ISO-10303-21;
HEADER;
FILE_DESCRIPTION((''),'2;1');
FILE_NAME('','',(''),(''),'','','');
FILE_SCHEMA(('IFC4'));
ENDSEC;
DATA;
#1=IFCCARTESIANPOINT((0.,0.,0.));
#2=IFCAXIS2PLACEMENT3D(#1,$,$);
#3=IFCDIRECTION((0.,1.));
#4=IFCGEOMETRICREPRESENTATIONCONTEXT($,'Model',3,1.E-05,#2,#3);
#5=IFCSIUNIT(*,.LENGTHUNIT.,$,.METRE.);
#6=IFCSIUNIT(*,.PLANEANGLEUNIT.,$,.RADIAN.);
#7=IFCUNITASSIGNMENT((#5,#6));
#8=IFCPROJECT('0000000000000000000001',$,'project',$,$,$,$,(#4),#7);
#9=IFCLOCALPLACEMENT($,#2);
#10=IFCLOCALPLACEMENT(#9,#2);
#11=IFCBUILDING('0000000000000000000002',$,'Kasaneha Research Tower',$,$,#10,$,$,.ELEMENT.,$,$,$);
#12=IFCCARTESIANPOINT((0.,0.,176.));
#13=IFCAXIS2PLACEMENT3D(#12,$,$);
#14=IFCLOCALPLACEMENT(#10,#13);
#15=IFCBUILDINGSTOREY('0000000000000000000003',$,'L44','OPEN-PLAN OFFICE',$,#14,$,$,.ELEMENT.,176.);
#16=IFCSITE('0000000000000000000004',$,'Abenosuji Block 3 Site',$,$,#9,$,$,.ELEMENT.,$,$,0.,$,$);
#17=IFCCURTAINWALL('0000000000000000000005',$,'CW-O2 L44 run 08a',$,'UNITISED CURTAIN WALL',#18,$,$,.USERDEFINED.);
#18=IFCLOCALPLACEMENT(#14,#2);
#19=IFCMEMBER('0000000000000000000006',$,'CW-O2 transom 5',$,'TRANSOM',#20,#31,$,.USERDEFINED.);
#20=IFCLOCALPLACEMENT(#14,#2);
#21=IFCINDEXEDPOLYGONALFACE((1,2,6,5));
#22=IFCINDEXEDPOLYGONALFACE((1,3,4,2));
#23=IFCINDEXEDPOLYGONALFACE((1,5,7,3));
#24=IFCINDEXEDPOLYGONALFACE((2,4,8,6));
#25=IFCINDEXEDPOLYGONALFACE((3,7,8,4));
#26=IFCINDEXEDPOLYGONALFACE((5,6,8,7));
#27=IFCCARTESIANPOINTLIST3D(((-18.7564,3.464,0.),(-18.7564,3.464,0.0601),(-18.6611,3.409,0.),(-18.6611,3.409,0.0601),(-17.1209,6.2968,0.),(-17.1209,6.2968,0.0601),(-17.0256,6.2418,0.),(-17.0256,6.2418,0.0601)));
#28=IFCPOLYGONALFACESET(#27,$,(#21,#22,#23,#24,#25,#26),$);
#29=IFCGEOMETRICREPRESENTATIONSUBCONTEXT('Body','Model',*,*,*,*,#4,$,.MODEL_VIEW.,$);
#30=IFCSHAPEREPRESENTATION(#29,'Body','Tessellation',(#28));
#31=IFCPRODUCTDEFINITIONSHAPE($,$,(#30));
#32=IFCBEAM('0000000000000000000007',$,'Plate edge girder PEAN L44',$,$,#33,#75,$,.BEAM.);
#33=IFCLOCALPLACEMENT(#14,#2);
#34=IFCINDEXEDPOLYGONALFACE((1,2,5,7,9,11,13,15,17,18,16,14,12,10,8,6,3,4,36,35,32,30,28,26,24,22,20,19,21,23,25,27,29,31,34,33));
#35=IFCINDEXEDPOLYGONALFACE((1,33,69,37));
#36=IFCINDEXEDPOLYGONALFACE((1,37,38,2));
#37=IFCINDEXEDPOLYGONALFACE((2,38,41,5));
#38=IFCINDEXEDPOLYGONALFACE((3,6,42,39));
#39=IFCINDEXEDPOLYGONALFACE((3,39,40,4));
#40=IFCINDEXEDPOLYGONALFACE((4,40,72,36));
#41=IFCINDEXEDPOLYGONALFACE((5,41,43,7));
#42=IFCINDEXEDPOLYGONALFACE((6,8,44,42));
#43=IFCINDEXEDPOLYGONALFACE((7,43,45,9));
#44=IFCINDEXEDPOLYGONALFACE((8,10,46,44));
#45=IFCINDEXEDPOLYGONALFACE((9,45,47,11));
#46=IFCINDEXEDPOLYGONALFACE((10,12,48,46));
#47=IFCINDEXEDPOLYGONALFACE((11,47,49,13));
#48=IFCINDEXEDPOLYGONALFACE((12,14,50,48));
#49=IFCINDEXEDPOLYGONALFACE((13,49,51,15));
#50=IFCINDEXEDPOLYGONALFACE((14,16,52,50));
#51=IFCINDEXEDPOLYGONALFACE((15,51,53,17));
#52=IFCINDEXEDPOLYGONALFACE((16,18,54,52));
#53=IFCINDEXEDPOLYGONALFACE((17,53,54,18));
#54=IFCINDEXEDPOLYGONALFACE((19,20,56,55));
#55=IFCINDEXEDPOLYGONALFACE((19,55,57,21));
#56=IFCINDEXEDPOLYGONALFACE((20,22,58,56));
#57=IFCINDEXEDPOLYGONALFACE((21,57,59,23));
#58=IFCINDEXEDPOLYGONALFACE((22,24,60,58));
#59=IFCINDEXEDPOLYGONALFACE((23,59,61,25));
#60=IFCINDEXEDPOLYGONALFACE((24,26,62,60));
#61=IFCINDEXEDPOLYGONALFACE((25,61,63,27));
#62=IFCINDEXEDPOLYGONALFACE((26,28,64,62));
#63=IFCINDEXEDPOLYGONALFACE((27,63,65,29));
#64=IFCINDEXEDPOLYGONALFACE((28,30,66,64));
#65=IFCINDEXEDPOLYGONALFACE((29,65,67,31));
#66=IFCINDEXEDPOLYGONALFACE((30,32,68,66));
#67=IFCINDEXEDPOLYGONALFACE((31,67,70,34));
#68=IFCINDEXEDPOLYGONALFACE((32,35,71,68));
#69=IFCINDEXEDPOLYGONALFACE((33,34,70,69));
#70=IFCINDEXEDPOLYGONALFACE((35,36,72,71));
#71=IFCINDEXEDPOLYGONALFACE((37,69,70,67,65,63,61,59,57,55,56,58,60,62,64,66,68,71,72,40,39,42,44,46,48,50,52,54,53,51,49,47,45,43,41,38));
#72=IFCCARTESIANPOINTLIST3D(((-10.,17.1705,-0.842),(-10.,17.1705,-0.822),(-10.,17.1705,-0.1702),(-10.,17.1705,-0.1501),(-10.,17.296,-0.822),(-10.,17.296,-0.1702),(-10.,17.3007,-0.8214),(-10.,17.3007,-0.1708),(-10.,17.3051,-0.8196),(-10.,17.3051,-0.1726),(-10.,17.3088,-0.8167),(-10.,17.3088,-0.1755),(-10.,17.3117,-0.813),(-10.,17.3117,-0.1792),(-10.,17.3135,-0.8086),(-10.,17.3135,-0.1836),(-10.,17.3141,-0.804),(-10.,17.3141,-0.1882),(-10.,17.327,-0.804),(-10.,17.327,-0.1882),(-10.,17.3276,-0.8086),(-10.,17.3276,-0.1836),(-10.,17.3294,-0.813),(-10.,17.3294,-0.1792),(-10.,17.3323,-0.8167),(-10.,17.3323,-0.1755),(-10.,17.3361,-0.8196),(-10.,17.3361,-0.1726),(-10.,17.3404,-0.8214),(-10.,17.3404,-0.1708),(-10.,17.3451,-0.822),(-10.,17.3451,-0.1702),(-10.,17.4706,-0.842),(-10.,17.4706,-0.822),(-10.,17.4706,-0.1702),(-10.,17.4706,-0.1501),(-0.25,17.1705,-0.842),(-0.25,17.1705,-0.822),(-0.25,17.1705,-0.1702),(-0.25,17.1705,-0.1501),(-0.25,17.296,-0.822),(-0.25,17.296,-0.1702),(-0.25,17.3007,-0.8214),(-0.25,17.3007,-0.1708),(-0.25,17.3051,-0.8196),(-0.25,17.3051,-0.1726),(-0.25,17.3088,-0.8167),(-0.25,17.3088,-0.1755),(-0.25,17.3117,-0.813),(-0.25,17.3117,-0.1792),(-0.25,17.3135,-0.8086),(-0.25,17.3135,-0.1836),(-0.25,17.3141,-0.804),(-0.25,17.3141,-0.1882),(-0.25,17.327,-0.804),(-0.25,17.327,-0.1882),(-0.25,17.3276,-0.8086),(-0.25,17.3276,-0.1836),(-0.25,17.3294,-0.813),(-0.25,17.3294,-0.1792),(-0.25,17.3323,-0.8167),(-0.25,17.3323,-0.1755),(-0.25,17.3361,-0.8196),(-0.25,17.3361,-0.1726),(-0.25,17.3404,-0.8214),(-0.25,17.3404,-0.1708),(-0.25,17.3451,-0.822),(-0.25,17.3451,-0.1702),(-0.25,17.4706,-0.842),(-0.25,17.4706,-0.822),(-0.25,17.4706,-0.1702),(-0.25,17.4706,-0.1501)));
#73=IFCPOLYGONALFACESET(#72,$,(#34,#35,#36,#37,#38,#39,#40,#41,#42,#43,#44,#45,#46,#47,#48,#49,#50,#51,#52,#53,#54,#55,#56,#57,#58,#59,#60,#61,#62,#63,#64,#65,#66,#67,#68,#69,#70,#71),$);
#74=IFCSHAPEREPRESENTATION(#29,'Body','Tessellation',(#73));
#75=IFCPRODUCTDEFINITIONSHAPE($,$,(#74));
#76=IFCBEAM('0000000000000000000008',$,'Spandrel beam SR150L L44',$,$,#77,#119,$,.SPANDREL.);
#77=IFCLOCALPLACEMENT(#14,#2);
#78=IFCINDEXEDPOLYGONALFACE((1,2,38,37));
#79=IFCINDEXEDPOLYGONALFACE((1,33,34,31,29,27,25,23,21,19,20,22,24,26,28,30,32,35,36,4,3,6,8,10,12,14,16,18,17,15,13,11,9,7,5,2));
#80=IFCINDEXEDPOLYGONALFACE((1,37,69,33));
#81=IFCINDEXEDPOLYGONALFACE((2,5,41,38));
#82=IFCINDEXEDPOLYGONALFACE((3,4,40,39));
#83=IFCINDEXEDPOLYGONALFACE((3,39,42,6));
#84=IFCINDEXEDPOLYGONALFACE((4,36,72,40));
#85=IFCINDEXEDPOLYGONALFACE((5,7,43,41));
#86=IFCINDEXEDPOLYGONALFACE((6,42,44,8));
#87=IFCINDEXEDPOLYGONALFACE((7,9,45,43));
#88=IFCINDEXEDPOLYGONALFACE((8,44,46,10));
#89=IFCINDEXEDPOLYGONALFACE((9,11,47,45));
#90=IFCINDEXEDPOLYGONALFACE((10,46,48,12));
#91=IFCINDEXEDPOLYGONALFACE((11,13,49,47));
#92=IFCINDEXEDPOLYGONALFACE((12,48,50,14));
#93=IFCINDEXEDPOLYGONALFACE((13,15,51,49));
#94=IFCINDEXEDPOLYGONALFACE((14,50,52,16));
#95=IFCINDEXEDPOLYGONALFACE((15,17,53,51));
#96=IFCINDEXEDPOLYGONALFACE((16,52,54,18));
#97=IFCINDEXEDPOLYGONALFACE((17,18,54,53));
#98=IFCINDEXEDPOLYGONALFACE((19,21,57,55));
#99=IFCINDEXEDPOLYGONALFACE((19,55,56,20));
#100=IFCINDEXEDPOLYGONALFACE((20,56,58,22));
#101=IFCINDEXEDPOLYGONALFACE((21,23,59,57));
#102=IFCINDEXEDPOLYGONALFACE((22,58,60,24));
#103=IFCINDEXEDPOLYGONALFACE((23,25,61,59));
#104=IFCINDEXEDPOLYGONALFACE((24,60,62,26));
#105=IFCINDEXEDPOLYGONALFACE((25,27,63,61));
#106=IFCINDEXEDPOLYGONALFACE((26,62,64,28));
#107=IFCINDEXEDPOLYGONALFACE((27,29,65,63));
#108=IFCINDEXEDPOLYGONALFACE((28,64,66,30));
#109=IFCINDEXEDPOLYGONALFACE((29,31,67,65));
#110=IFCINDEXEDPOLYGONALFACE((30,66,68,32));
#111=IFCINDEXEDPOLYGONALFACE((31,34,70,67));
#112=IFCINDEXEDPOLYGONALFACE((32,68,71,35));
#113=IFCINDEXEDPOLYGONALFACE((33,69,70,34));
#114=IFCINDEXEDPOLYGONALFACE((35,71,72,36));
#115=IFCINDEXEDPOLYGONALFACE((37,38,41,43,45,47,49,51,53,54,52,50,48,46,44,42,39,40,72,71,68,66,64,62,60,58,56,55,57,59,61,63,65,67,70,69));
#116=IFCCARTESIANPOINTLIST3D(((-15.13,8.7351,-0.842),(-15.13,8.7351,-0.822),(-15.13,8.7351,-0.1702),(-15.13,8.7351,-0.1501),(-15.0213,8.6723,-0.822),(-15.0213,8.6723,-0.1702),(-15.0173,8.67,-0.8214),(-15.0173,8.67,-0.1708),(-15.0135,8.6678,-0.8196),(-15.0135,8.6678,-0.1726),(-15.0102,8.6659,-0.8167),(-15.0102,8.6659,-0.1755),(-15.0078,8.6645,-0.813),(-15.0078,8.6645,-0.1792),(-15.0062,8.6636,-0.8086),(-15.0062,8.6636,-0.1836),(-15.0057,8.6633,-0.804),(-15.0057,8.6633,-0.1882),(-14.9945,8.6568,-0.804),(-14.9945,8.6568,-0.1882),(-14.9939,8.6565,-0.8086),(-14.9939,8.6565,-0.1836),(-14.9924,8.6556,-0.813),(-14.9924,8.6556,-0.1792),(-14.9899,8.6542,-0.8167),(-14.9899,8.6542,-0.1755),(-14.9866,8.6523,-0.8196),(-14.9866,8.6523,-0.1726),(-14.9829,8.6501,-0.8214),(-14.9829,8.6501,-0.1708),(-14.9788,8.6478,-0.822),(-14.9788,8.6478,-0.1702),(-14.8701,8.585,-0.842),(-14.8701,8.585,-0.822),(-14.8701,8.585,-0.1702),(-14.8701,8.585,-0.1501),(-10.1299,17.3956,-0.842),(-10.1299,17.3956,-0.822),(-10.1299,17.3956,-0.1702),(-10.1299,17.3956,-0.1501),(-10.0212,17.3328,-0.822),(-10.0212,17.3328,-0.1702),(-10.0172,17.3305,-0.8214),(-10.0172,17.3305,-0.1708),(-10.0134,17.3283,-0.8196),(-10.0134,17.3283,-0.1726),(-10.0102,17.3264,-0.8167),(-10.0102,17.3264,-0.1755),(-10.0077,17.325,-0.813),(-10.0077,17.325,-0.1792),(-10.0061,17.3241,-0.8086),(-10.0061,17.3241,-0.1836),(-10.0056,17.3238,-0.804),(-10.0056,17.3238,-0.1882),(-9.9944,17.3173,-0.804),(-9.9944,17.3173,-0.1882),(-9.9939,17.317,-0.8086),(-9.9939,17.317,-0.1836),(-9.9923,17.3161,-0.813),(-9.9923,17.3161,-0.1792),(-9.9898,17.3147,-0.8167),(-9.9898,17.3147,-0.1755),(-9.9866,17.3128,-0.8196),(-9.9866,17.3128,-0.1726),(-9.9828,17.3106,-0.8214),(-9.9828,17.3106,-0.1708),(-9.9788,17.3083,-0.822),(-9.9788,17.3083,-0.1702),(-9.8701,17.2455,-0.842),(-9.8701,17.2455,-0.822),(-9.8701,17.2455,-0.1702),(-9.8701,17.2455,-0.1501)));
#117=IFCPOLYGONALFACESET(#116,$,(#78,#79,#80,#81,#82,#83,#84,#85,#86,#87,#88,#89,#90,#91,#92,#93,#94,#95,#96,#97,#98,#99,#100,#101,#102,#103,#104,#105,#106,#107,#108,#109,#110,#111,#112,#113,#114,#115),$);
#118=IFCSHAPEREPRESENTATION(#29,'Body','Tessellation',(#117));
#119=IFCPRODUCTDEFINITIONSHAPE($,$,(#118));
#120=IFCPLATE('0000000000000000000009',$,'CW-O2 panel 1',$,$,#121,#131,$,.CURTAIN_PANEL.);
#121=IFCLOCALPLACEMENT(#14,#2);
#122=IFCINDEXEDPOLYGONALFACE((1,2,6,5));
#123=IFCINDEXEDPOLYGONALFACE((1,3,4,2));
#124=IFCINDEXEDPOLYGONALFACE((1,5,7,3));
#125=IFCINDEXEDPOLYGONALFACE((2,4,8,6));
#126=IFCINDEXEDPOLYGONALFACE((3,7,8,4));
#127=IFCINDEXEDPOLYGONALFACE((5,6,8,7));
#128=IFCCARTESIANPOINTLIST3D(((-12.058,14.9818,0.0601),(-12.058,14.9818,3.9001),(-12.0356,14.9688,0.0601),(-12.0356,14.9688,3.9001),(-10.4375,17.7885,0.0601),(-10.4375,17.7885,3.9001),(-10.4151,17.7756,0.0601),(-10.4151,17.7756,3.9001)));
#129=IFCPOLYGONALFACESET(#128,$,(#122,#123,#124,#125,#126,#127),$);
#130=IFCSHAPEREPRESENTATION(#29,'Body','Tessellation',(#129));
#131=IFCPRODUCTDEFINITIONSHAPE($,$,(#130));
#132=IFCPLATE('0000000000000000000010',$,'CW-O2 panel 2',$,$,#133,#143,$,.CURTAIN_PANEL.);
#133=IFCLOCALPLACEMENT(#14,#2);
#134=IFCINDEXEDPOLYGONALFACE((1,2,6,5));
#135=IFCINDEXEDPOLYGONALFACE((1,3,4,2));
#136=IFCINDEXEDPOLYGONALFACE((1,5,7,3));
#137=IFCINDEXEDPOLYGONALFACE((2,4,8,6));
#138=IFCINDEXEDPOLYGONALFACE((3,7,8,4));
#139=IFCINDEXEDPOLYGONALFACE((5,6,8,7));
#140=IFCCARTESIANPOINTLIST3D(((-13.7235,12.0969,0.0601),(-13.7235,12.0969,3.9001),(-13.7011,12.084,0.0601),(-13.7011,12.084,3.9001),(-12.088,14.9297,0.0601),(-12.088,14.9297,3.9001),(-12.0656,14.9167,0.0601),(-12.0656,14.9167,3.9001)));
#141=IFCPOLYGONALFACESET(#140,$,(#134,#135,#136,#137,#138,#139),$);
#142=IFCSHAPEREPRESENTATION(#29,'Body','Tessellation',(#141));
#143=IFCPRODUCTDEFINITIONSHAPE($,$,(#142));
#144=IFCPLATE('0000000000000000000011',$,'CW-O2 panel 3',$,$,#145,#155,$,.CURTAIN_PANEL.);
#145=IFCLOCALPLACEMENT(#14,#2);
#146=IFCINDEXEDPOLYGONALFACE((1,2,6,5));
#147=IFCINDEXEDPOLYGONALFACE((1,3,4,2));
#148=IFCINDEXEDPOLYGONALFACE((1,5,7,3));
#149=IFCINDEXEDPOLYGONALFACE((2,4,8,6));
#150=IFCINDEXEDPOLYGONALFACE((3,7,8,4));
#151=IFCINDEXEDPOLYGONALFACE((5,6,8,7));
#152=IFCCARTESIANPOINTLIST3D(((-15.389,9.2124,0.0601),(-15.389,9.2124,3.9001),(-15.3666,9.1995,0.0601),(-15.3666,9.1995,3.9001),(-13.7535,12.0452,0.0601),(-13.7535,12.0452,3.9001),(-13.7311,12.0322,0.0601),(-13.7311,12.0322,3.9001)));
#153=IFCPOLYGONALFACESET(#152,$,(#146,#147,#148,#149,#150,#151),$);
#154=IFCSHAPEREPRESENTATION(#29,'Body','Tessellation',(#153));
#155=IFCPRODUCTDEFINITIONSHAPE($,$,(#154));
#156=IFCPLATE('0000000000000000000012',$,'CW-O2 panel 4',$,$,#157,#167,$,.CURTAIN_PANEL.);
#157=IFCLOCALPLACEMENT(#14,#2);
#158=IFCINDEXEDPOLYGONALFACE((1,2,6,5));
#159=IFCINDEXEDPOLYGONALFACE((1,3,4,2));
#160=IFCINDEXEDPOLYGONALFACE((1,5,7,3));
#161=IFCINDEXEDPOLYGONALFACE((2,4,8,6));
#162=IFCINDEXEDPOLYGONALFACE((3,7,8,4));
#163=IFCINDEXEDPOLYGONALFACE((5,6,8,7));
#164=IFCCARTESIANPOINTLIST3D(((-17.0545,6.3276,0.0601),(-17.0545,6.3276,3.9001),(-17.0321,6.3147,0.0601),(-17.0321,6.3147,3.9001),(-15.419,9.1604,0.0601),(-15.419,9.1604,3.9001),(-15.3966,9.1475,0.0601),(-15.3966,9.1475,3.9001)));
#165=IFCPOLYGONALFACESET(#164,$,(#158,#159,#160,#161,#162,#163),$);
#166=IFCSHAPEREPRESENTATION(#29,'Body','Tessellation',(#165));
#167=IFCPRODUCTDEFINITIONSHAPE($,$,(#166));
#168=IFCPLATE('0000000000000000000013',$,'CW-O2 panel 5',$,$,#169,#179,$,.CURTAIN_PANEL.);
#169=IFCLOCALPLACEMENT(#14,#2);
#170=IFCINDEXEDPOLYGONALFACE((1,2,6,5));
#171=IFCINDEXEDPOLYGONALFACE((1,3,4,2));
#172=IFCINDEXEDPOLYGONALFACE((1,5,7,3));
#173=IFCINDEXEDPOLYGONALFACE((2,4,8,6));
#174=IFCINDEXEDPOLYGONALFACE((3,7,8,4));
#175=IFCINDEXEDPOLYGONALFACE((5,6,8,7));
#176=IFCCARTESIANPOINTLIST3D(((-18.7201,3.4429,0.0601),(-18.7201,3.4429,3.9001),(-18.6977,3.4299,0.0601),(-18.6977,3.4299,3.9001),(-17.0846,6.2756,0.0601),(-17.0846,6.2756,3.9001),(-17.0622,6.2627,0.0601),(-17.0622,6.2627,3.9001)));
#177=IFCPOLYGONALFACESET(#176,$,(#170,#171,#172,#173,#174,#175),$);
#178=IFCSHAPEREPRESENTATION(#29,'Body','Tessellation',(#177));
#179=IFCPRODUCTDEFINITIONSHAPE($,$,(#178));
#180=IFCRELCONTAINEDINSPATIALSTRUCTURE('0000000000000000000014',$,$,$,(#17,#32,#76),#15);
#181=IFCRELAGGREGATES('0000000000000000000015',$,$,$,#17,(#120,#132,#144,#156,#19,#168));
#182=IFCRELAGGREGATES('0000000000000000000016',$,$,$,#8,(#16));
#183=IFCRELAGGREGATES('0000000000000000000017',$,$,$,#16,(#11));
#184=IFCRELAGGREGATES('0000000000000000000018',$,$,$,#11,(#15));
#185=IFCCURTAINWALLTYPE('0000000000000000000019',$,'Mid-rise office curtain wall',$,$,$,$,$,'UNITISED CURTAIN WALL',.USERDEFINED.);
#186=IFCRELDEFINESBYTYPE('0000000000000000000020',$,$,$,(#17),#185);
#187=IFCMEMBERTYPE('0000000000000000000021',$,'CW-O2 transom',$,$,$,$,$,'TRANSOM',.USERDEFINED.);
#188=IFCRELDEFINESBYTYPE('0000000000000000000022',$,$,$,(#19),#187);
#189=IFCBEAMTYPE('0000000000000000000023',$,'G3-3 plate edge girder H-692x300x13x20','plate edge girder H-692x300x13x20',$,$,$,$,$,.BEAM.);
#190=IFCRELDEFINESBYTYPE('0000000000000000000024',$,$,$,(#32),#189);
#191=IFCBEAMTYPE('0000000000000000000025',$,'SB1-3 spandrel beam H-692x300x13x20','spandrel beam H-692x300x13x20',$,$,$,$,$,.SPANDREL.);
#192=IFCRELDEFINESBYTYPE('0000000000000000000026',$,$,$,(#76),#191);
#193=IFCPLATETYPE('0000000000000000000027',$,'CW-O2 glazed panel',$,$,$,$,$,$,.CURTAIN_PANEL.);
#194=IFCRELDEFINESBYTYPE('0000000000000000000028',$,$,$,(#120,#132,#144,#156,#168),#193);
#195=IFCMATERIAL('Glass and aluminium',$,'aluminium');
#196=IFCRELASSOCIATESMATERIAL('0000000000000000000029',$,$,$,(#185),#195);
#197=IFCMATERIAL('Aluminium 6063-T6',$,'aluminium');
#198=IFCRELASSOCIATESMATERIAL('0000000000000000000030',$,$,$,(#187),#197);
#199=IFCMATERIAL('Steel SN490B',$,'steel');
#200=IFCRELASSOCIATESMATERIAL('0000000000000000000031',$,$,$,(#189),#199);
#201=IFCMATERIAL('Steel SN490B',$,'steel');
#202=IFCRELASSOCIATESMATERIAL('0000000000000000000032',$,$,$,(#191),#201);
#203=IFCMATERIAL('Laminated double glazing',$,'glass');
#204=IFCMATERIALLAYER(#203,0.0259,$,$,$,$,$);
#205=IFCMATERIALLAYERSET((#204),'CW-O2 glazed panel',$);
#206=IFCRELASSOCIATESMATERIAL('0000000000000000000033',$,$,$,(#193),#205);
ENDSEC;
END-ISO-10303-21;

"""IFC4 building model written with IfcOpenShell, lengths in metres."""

from ifc_helpers import new_model, si_unit, direction, frame, origin, origin_2d, place, context, subcontext, project, spatial, rectangle, i_section, extrude, material, layer, layer_set, material_profile, profile_set, type_object, element, aggregate, save


model = new_model("IFC4")

# Units and contexts
model_context = context("Model", 3, precision=1e-05, world=origin(), true_north=direction((0.0, 1.0)))
body_context = subcontext(model_context, "Body", "Model", "MODEL_VIEW")
ifc_project = project(units=[si_unit("LENGTHUNIT", "METRE"), si_unit("PLANEANGLEUNIT", "RADIAN")], contexts=[model_context])

# Site, building, storey
site_placement = place(None, origin())
site = spatial("IfcSite", under=ifc_project, at=site_placement, Name="Abenosuji Block 3 Site", CompositionType="ELEMENT", RefElevation=0.0)
building_placement = place(site_placement, origin())
building = spatial("IfcBuilding", under=site, at=building_placement, Name="Kasaneha Research Tower", CompositionType="ELEMENT")
storey_placement = place(building_placement, frame((0.0, 0.0, 176.0)))
storey = spatial("IfcBuildingStorey", under=building, at=storey_placement, Name="L44", Description="OPEN-PLAN OFFICE", CompositionType="ELEMENT", Elevation=176.0)

# Shared definitions
ifc_material_1 = material(Name="Glass and aluminium", Category="aluminium")
curtain_wall_type = type_object("IfcCurtainWallType", Name="Mid-rise office curtain wall", ElementType="UNITISED CURTAIN WALL", PredefinedType="USERDEFINED", material=ifc_material_1)

# Curtain wall, member
curtain_wall_1_placement = place(storey_placement, origin())
curtain_wall_1 = element("IfcCurtainWall", 1, at=curtain_wall_1_placement, inside=storey, type_object=curtain_wall_type, Name="CW-O2 L44 run 08a", ObjectType="UNITISED CURTAIN WALL", PredefinedType="USERDEFINED")
ifc_material_2 = material(Name="Aluminium 6063-T6", Category="aluminium")
ifc_material_profile_1 = material_profile(ifc_material_2, rectangle(XDim=0.1101, YDim=0.0601, at=origin_2d()), Name="CW-O2 transom 110x60")
ifc_profile_set_1 = profile_set([ifc_material_profile_1], Name="Aluminium 6063-T6")
member_type_1 = type_object("IfcMemberType", Name="CW-O2 transom", ElementType="TRANSOM", PredefinedType="USERDEFINED", material=ifc_profile_set_1)
member_1_placement = place(storey_placement, frame((-17.0732, 6.2693, 0.03), z_axis=(-0.5, -0.866025, 0.0), x_axis=(0.866025, -0.5, 0.0)))
member_1 = element("IfcMember", 2, at=member_1_placement, type_object=member_type_1, Name="CW-O2 transom 5", ObjectType="TRANSOM", PredefinedType="USERDEFINED", context=body_context, shape_type="SweptSolid", body=[
    extrude(rectangle(XDim=0.1101, YDim=0.0601, at=origin_2d()), origin(), (0.0, 0.0, 1.0), 3.271),
])

# Beams
ifc_material_3 = material(Name="Steel SN490B", Category="steel")
ifc_material_profile_2 = material_profile(ifc_material_3, i_section(OverallWidth=0.3, OverallDepth=0.6919, WebThickness=0.0129, FlangeThickness=0.02, FilletRadius=0.0181, at=origin_2d()), Name="H-692x300x13x20")
ifc_profile_set_2 = profile_set([ifc_material_profile_2], Name="Steel SN490B")
beam_type_1 = type_object("IfcBeamType", Name="G3-3 plate edge girder H-692x300x13x20", Description="plate edge girder H-692x300x13x20", PredefinedType="BEAM", material=ifc_profile_set_2)
beam_1_placement = place(storey_placement, frame((-10.0, 17.3206, -0.4961), z_axis=(1.0, 0.0, 0.0), x_axis=(0.0, 1.0, 0.0)))
element("IfcBeam", 3, at=beam_1_placement, inside=storey, type_object=beam_type_1, Name="Plate edge girder PEAN L44", PredefinedType="BEAM", context=body_context, shape_type="SweptSolid", body=[
    extrude(i_section(OverallWidth=0.3, OverallDepth=0.6919, WebThickness=0.0129, FlangeThickness=0.02, FilletRadius=0.0181, at=origin_2d()), origin(), (0.0, 0.0, 1.0), 9.75),
])
ifc_material_4 = material(Name="Steel SN490B", Category="steel")
ifc_material_profile_3 = material_profile(ifc_material_4, i_section(OverallWidth=0.3, OverallDepth=0.6919, WebThickness=0.0129, FlangeThickness=0.02, FilletRadius=0.0181, at=origin_2d()), Name="H-692x300x13x20")
ifc_profile_set_3 = profile_set([ifc_material_profile_3], Name="Steel SN490B")
beam_type_2 = type_object("IfcBeamType", Name="SB1-3 spandrel beam H-692x300x13x20", Description="spandrel beam H-692x300x13x20", PredefinedType="SPANDREL", material=ifc_profile_set_3)
beam_2_placement = place(storey_placement, frame((-10.0, 17.3206, -0.4961), z_axis=(-0.499994, -0.866029, 0.0), x_axis=(0.866029, -0.499994, 0.0)))
element("IfcBeam", 4, at=beam_2_placement, inside=storey, type_object=beam_type_2, Name="Spandrel beam SR150L L44", PredefinedType="SPANDREL", context=body_context, shape_type="SweptSolid", body=[
    extrude(i_section(OverallWidth=0.3, OverallDepth=0.6919, WebThickness=0.0129, FlangeThickness=0.02, FilletRadius=0.0181, at=origin_2d()), origin(), (0.0, 0.0, 1.0), 10.0002),
])

# Plates
ifc_material_5 = material(Name="Laminated double glazing", Category="glass")
ifc_layer_1 = layer(ifc_material_5, 0.0259)
ifc_layer_set_1 = layer_set([ifc_layer_1], Name="CW-O2 glazed panel")
plate_type = type_object("IfcPlateType", Name="CW-O2 glazed panel", PredefinedType="CURTAIN_PANEL", material=ifc_layer_set_1)
plate_1_placement = place(storey_placement, frame((-11.2366, 16.3787, 0.0601), z_axis=(0.0, 0.0, 1.0), x_axis=(-0.5, -0.866025, 0.0)))
plate_1 = element("IfcPlate", 5, at=plate_1_placement, type_object=plate_type, Name="CW-O2 panel 1", PredefinedType="CURTAIN_PANEL", context=body_context, shape_type="SweptSolid", body=[
    extrude(rectangle(XDim=3.241, YDim=0.0259, at=origin_2d()), origin(), (0.0, 0.0, 1.0), 3.8401),
])
plate_2_placement = place(storey_placement, frame((-12.8945, 13.5068, 0.0601), z_axis=(0.0, 0.0, 1.0), x_axis=(-0.5, -0.866025, 0.0)))
plate_2 = element("IfcPlate", 6, at=plate_2_placement, type_object=plate_type, Name="CW-O2 panel 2", PredefinedType="CURTAIN_PANEL", context=body_context, shape_type="SweptSolid", body=[
    extrude(rectangle(XDim=3.271, YDim=0.0259, at=origin_2d()), origin(), (0.0, 0.0, 1.0), 3.8401),
])
plate_3_placement = place(storey_placement, frame((-14.5601, 10.6223, 0.0601), z_axis=(0.0, 0.0, 1.0), x_axis=(-0.5, -0.866025, 0.0)))
plate_3 = element("IfcPlate", 7, at=plate_3_placement, type_object=plate_type, Name="CW-O2 panel 3", PredefinedType="CURTAIN_PANEL", context=body_context, shape_type="SweptSolid", body=[
    extrude(rectangle(XDim=3.271, YDim=0.0259, at=origin_2d()), origin(), (0.0, 0.0, 1.0), 3.8401),
])
plate_4_placement = place(storey_placement, frame((-16.2256, 7.7375, 0.0601), z_axis=(0.0, 0.0, 1.0), x_axis=(-0.5, -0.866025, 0.0)))
plate_4 = element("IfcPlate", 8, at=plate_4_placement, type_object=plate_type, Name="CW-O2 panel 4", PredefinedType="CURTAIN_PANEL", context=body_context, shape_type="SweptSolid", body=[
    extrude(rectangle(XDim=3.271, YDim=0.0259, at=origin_2d()), origin(), (0.0, 0.0, 1.0), 3.8401),
])
plate_5_placement = place(storey_placement, frame((-17.8911, 4.8528, 0.0601), z_axis=(0.0, 0.0, 1.0), x_axis=(-0.5, -0.866025, 0.0)))
plate_5 = element("IfcPlate", 9, at=plate_5_placement, type_object=plate_type, Name="CW-O2 panel 5", PredefinedType="CURTAIN_PANEL", context=body_context, shape_type="SweptSolid", body=[
    extrude(rectangle(XDim=3.271, YDim=0.0259, at=origin_2d()), origin(), (0.0, 0.0, 1.0), 3.8401),
])
aggregate(curtain_wall_1, [plate_1, plate_2, plate_3, plate_4, member_1, plate_5])

save(model, "model.ifc")
